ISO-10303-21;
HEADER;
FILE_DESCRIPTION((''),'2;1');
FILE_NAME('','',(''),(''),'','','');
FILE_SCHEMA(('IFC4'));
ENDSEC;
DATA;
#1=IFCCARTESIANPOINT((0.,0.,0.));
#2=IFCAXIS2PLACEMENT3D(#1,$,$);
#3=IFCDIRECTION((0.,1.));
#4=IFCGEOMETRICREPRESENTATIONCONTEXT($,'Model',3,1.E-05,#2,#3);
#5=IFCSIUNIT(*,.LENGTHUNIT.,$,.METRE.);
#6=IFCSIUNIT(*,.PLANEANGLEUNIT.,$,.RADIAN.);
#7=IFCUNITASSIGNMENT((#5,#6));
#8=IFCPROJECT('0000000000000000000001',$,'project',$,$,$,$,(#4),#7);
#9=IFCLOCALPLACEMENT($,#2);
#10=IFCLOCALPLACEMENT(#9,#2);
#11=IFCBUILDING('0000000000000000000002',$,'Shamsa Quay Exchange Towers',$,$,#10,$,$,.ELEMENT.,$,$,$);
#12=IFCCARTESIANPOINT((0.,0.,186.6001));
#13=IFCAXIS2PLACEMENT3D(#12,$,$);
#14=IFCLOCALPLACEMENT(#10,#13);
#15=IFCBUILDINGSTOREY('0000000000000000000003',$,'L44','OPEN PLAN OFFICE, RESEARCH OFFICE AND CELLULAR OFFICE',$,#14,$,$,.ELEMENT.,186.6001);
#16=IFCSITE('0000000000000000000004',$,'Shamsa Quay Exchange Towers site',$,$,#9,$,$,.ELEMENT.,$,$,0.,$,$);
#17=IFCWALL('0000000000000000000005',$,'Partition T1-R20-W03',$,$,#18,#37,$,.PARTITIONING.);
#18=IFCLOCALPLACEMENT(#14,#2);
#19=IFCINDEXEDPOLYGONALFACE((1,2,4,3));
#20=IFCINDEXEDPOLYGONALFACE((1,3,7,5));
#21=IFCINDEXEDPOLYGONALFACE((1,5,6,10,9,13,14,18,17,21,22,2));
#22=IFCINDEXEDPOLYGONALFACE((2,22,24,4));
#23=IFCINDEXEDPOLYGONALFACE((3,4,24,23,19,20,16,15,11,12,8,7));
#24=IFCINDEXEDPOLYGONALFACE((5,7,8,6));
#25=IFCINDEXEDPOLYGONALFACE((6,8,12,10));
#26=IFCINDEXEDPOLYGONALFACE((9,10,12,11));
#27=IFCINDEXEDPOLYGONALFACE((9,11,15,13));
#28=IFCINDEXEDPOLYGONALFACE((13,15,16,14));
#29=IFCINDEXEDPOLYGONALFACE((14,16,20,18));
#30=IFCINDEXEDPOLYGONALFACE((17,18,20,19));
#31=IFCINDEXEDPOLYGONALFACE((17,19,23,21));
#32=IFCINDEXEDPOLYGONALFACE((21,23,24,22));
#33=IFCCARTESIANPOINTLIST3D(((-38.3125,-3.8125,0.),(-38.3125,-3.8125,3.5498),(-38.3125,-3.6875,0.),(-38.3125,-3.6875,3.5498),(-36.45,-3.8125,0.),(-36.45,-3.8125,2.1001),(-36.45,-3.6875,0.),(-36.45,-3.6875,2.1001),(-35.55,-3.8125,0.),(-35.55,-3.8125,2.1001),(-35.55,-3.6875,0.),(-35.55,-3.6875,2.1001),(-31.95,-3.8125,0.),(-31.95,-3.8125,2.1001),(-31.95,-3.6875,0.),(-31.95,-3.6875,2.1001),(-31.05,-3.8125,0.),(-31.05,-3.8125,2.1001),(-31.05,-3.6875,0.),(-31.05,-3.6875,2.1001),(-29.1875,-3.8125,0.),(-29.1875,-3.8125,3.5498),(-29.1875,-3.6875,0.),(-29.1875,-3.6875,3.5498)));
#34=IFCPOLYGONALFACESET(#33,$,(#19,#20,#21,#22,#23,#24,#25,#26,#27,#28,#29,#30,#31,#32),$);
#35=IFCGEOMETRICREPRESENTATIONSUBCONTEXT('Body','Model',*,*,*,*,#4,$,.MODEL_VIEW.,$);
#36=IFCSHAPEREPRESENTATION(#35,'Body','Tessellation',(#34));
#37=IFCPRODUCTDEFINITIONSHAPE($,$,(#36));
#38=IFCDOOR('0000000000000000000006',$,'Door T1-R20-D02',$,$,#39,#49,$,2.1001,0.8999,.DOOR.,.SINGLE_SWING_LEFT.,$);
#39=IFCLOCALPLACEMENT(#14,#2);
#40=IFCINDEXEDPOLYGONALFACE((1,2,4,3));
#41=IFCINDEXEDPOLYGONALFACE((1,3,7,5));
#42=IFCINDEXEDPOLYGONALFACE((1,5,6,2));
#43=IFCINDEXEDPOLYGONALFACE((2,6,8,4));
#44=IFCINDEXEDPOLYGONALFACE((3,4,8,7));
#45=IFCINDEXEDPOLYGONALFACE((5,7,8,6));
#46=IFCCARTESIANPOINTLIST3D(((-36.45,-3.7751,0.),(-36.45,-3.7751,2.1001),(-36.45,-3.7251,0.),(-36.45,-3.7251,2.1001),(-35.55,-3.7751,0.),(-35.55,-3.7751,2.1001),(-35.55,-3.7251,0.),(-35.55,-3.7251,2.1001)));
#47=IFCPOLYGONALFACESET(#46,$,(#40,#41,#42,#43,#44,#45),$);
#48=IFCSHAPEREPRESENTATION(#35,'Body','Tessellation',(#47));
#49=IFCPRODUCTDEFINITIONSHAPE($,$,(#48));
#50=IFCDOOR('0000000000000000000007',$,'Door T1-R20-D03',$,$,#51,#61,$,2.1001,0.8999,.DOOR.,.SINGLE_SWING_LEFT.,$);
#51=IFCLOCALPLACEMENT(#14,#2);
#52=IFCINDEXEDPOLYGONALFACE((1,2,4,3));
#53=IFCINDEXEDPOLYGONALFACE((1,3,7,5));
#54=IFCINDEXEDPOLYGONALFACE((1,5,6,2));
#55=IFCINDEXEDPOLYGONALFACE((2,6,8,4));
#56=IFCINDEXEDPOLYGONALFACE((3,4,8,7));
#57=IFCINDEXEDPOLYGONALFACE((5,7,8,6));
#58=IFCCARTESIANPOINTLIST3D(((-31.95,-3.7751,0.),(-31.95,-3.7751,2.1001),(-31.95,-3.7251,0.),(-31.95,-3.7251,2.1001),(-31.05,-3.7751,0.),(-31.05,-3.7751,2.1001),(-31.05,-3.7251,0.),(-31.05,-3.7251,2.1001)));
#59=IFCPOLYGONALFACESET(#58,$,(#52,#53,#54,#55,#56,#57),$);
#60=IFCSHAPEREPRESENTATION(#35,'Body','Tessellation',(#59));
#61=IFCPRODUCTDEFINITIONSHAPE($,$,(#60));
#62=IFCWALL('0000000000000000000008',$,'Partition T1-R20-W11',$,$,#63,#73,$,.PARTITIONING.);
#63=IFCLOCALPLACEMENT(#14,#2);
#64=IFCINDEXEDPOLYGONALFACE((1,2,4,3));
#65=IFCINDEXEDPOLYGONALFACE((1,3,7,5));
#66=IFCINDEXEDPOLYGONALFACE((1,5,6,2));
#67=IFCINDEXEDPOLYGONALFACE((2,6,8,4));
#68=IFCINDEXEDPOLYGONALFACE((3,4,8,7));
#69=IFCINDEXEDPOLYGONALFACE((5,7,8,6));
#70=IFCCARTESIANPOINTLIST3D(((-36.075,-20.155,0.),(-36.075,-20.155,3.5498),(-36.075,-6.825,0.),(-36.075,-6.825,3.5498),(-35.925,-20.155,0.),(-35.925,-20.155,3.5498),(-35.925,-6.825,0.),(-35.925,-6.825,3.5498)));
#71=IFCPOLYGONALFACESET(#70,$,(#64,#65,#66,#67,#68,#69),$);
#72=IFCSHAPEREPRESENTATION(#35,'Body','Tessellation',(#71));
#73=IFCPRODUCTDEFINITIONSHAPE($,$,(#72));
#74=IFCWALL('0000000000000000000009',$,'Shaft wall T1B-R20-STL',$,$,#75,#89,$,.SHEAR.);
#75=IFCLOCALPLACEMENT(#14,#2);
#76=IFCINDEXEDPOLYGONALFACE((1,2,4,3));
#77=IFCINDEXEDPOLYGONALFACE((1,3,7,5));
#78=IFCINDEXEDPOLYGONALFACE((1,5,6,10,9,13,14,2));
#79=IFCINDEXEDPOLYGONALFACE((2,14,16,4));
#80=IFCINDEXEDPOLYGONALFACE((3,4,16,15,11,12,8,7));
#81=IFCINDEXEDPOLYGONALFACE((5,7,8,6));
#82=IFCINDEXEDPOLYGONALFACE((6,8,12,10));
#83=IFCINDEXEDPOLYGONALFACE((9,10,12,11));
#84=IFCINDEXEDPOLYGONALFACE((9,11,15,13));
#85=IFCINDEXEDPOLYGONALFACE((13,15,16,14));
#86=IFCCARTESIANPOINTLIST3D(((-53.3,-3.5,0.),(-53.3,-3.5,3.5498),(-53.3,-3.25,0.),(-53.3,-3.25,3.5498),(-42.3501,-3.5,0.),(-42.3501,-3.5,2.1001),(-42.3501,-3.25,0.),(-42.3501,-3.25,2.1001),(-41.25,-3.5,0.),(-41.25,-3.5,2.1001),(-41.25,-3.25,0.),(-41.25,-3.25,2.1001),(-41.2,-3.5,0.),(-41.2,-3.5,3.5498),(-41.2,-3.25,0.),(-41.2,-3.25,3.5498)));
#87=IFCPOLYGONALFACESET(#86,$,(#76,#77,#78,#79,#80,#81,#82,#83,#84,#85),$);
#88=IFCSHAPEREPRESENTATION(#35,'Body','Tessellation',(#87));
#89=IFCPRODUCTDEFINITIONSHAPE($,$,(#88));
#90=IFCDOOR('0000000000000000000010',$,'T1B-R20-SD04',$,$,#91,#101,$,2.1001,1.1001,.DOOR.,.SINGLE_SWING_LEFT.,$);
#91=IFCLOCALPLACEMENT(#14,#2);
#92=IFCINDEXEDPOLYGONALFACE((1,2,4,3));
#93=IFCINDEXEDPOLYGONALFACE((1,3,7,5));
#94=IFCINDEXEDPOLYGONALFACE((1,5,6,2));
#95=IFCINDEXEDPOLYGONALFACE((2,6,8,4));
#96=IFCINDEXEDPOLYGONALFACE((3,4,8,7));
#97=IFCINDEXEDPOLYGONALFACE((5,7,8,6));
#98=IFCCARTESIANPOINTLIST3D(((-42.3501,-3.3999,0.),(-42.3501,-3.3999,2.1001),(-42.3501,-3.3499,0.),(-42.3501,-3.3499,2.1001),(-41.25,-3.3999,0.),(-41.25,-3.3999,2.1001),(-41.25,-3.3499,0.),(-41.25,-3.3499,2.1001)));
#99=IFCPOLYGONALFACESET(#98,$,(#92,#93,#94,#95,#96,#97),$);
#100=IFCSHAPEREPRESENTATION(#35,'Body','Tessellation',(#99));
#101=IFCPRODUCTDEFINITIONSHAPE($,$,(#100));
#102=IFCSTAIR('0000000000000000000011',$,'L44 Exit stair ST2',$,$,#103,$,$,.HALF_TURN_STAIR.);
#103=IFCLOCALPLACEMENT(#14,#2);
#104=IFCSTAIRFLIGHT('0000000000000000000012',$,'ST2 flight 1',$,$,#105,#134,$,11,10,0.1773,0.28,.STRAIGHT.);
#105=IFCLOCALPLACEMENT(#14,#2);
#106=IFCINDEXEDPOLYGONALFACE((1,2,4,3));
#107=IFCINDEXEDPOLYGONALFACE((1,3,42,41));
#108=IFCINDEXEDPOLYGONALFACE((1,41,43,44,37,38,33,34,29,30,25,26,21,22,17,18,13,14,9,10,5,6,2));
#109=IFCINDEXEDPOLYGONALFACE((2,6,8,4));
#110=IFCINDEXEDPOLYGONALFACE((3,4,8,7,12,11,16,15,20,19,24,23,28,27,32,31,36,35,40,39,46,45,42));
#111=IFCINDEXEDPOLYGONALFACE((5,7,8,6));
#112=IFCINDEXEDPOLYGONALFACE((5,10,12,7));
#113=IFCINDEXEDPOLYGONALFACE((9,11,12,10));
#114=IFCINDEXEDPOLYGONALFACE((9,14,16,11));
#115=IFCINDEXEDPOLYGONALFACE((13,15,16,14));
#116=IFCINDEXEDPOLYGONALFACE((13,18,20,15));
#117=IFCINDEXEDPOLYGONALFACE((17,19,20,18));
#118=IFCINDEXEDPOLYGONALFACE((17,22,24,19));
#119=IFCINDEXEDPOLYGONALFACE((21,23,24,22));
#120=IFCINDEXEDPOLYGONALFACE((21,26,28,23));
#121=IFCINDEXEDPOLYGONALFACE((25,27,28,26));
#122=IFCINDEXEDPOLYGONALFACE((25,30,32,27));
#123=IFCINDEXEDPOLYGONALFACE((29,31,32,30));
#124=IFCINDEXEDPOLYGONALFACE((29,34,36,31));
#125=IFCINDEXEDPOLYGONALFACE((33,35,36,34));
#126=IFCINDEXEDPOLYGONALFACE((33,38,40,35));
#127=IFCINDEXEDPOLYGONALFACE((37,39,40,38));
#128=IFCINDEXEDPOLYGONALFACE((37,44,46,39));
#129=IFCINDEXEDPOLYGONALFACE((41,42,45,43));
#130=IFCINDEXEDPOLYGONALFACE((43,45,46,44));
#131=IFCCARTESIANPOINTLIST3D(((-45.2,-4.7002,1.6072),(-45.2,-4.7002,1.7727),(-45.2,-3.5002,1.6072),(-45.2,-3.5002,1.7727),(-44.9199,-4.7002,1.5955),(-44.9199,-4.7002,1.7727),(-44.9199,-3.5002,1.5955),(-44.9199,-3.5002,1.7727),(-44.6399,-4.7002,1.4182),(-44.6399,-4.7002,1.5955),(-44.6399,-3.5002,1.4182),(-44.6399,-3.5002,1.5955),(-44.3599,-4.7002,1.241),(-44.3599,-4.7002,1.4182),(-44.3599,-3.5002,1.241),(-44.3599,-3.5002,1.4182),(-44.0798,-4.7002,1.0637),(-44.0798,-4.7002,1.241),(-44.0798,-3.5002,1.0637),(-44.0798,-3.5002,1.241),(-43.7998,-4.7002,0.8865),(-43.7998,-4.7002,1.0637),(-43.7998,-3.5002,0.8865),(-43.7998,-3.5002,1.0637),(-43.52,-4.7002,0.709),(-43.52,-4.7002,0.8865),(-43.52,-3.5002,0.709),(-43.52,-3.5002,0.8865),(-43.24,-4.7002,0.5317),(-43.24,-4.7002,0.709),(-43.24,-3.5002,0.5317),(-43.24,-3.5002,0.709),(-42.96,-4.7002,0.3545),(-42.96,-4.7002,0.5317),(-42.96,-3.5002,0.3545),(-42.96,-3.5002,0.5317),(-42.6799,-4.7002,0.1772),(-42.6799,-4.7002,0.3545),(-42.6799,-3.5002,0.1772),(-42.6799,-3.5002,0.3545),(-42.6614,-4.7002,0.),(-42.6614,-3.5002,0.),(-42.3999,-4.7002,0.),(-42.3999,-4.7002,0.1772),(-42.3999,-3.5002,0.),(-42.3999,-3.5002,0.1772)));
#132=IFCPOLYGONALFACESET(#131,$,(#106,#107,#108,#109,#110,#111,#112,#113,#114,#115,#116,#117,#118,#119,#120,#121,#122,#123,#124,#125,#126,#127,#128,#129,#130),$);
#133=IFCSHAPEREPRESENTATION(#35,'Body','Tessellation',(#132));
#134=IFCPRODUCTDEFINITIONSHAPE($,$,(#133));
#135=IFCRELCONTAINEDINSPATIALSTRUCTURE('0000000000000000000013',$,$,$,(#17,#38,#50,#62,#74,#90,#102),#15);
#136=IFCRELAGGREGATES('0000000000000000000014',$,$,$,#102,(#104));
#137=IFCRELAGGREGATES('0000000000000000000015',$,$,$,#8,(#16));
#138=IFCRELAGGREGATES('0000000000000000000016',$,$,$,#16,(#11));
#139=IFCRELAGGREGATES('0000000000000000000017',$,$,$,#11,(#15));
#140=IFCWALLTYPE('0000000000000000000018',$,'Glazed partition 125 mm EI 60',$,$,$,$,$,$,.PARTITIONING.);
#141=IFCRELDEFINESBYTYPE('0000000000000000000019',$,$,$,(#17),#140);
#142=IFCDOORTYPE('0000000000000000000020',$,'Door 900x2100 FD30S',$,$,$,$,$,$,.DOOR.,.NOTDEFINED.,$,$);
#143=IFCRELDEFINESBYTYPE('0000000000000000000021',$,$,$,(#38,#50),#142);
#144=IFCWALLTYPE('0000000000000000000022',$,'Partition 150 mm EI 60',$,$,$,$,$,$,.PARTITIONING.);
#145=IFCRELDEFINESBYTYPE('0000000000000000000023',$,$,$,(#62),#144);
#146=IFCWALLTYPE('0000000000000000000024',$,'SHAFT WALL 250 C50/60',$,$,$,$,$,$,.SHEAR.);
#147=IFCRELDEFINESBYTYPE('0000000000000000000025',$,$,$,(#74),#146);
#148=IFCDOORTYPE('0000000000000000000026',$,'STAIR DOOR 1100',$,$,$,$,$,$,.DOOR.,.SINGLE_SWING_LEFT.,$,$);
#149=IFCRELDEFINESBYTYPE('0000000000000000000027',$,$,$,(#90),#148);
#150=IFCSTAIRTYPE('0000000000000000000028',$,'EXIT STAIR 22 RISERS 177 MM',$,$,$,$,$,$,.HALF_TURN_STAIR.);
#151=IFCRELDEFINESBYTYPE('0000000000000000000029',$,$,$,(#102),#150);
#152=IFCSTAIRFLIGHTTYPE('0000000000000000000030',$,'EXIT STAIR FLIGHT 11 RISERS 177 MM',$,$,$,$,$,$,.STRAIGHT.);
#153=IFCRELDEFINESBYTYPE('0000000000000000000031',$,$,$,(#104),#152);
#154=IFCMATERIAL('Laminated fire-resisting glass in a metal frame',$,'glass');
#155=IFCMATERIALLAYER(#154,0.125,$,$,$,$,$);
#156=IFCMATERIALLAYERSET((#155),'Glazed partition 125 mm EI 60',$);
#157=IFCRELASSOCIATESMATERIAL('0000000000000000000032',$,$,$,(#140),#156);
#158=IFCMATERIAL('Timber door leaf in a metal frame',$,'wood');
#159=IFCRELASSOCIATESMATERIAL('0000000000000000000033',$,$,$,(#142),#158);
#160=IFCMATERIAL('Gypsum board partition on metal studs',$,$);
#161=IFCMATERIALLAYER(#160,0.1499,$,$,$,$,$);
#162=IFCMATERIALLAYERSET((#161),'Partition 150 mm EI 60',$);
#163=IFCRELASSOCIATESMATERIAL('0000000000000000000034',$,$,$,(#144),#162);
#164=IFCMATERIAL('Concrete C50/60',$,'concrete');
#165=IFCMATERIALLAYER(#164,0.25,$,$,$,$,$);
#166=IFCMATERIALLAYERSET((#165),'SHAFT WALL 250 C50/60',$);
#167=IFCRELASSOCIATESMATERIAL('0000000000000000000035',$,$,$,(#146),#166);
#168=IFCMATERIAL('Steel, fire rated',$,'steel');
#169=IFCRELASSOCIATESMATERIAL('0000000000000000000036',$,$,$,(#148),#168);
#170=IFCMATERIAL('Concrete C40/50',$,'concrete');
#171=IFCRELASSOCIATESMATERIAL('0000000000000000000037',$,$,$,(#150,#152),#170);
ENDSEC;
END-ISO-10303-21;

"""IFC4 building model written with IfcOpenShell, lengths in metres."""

from ifc_helpers import new_model, si_unit, direction, frame, frame_2d, origin, place, context, subcontext, project, spatial, polyline, rectangle, outline, extrude, material, layer, layer_set, type_object, element, fill, aggregate, save


model = new_model("IFC4")

# Units and contexts
model_context = context("Model", 3, precision=1e-05, world=origin(), true_north=direction((0.0, 1.0)))
body_context = subcontext(model_context, "Body", "Model", "MODEL_VIEW")
ifc_project = project(units=[si_unit("LENGTHUNIT", "METRE"), si_unit("PLANEANGLEUNIT", "RADIAN")], contexts=[model_context])

# Site, building, storey
site_placement = place(None, origin())
site = spatial("IfcSite", under=ifc_project, at=site_placement, Name="Shamsa Quay Exchange Towers site", CompositionType="ELEMENT", RefElevation=0.0)
building_placement = place(site_placement, origin())
building = spatial("IfcBuilding", under=site, at=building_placement, Name="Shamsa Quay Exchange Towers", CompositionType="ELEMENT")
storey_placement = place(building_placement, frame((0.0, 0.0, 186.6001)))
storey = spatial("IfcBuildingStorey", under=building, at=storey_placement, Name="L44", Description="OPEN PLAN OFFICE, RESEARCH OFFICE AND CELLULAR OFFICE", CompositionType="ELEMENT", Elevation=186.6001)

# Shared definitions
ifc_material_1 = material(Name="Steel, fire rated", Category="steel")

# Shared definitions
ifc_material_2 = material(Name="Laminated fire-resisting glass in a metal frame", Category="glass")
ifc_layer_1 = layer(ifc_material_2, 0.125)
ifc_layer_set_1 = layer_set([ifc_layer_1], Name="Glazed partition 125 mm EI 60")
wall_type_1 = type_object("IfcWallType", Name="Glazed partition 125 mm EI 60", PredefinedType="PARTITIONING", material=ifc_layer_set_1)

# Wall, openings, doors
wall_1_placement = place(storey_placement, frame((-38.3125, -3.75, 0.0)))
wall_1 = element("IfcWall", 1, at=wall_1_placement, inside=storey, type_object=wall_type_1, Name="Partition T1-R20-W03", PredefinedType="PARTITIONING", context=body_context, shape_type="SweptSolid", body=[
    extrude(rectangle(XDim=9.125, YDim=0.125, at=frame_2d((4.5625, 0.0))), origin(), (0.0, 0.0, 1.0), 3.5498),
])
opening_1_placement = place(wall_1_placement, frame((1.8625, 0.0, 0.0)))
opening_1 = element("IfcOpeningElement", 2, at=opening_1_placement, cuts=wall_1, PredefinedType="OPENING", context=body_context, shape_type="SweptSolid", body=[
    extrude(rectangle(XDim=0.8999, YDim=2.1001, at=frame_2d((0.45, 1.05))), frame((0.0, 0.0725, 0.0), z_axis=(0.0, -1.0, 0.0), x_axis=(1.0, 0.0, 0.0)), (0.0, 0.0, 1.0), 0.145),
])
opening_2_placement = place(wall_1_placement, frame((6.3625, 0.0, 0.0)))
opening_2 = element("IfcOpeningElement", 3, at=opening_2_placement, cuts=wall_1, PredefinedType="OPENING", context=body_context, shape_type="SweptSolid", body=[
    extrude(rectangle(XDim=0.8999, YDim=2.1001, at=frame_2d((0.45, 1.05))), frame((0.0, 0.0725, 0.0), z_axis=(0.0, -1.0, 0.0), x_axis=(1.0, 0.0, 0.0)), (0.0, 0.0, 1.0), 0.145),
])
ifc_material_3 = material(Name="Timber door leaf in a metal frame", Category="wood")
door_type_1 = type_object("IfcDoorType", Name="Door 900x2100 FD30S", OperationType="NOTDEFINED", PredefinedType="DOOR", material=ifc_material_3)
door_1_placement = place(opening_1_placement, origin())
door_1 = element("IfcDoor", 4, at=door_1_placement, inside=storey, type_object=door_type_1, Name="Door T1-R20-D02", OperationType="SINGLE_SWING_LEFT", OverallHeight=2.1001, OverallWidth=0.8999, PredefinedType="DOOR", context=body_context, shape_type="SweptSolid", body=[
    extrude(rectangle(XDim=0.8999, YDim=2.1001, at=frame_2d((0.45, 1.05))), frame((0.0, 0.0249, 0.0), z_axis=(0.0, -1.0, 0.0), x_axis=(1.0, 0.0, 0.0)), (0.0, 0.0, 1.0), 0.05),
])
fill(opening_1, door_1)
door_2_placement = place(opening_2_placement, origin())
door_2 = element("IfcDoor", 5, at=door_2_placement, inside=storey, type_object=door_type_1, Name="Door T1-R20-D03", OperationType="SINGLE_SWING_LEFT", OverallHeight=2.1001, OverallWidth=0.8999, PredefinedType="DOOR", context=body_context, shape_type="SweptSolid", body=[
    extrude(rectangle(XDim=0.8999, YDim=2.1001, at=frame_2d((0.45, 1.05))), frame((0.0, 0.0249, 0.0), z_axis=(0.0, -1.0, 0.0), x_axis=(1.0, 0.0, 0.0)), (0.0, 0.0, 1.0), 0.05),
])
fill(opening_2, door_2)

# Wall
ifc_material_4 = material(Name="Gypsum board partition on metal studs")
ifc_layer_2 = layer(ifc_material_4, 0.1499)
ifc_layer_set_2 = layer_set([ifc_layer_2], Name="Partition 150 mm EI 60")
wall_type_2 = type_object("IfcWallType", Name="Partition 150 mm EI 60", PredefinedType="PARTITIONING", material=ifc_layer_set_2)
wall_2_placement = place(storey_placement, frame((-36.0, -20.155, 0.0), z_axis=(0.0, 0.0, 1.0), x_axis=(0.0, 1.0, 0.0)))
element("IfcWall", 6, at=wall_2_placement, inside=storey, type_object=wall_type_2, Name="Partition T1-R20-W11", PredefinedType="PARTITIONING", context=body_context, shape_type="SweptSolid", body=[
    extrude(rectangle(XDim=13.3301, YDim=0.1499, at=frame_2d((6.665, 0.0))), origin(), (0.0, 0.0, 1.0), 3.5498),
])

# Wall, opening, door
ifc_material_5 = material(Name="Concrete C50/60", Category="concrete")
ifc_layer_3 = layer(ifc_material_5, 0.25)
ifc_layer_set_3 = layer_set([ifc_layer_3], Name="SHAFT WALL 250 C50/60")
wall_type_3 = type_object("IfcWallType", Name="SHAFT WALL 250 C50/60", PredefinedType="SHEAR", material=ifc_layer_set_3)
wall_3_placement = place(storey_placement, frame((-41.2, -3.375, 0.0), z_axis=(0.0, 0.0, 1.0), x_axis=(-1.0, 0.0, 0.0)))
wall_3 = element("IfcWall", 7, at=wall_3_placement, inside=storey, type_object=wall_type_3, Name="Shaft wall T1B-R20-STL", PredefinedType="SHEAR", context=body_context, shape_type="SweptSolid", body=[
    extrude(rectangle(XDim=12.1001, YDim=0.25, at=frame_2d((6.05, 0.0))), origin(), (0.0, 0.0, 1.0), 3.5498),
])
opening_3_placement = place(wall_3_placement, frame((0.05, 0.0, 0.0)))
opening_3 = element("IfcOpeningElement", 8, at=opening_3_placement, cuts=wall_3, PredefinedType="OPENING", context=body_context, shape_type="SweptSolid", body=[
    extrude(rectangle(XDim=1.1001, YDim=2.1001, at=frame_2d((0.55, 1.05))), frame((0.0, 0.135, 0.0), z_axis=(0.0, -1.0, 0.0), x_axis=(1.0, 0.0, 0.0)), (0.0, 0.0, 1.0), 0.27),
])
door_type_2 = type_object("IfcDoorType", Name="STAIR DOOR 1100", OperationType="SINGLE_SWING_LEFT", PredefinedType="DOOR", material=ifc_material_1)
door_3_placement = place(opening_3_placement, origin())
door_3 = element("IfcDoor", 9, at=door_3_placement, inside=storey, type_object=door_type_2, Name="T1B-R20-SD04", OperationType="SINGLE_SWING_LEFT", OverallHeight=2.1001, OverallWidth=1.1001, PredefinedType="DOOR", context=body_context, shape_type="SweptSolid", body=[
    extrude(rectangle(XDim=1.1001, YDim=2.1001, at=frame_2d((0.55, 1.05))), frame((0.0, 0.0249, 0.0), z_axis=(0.0, -1.0, 0.0), x_axis=(1.0, 0.0, 0.0)), (0.0, 0.0, 1.0), 0.05),
])
fill(opening_3, door_3)

# Stair, stair flight
ifc_material_6 = material(Name="Concrete C40/50", Category="concrete")
stair_type = type_object("IfcStairType", Name="EXIT STAIR 22 RISERS 177 MM", PredefinedType="HALF_TURN_STAIR", material=ifc_material_6)
stair_placement = place(storey_placement, origin())
stair = element("IfcStair", 10, at=stair_placement, inside=storey, type_object=stair_type, Name="L44 Exit stair ST2", PredefinedType="HALF_TURN_STAIR")
stair_flight_type = type_object("IfcStairFlightType", Name="EXIT STAIR FLIGHT 11 RISERS 177 MM", PredefinedType="STRAIGHT", material=ifc_material_6)
stair_flight_placement = place(storey_placement, frame((-42.3999, -4.1001, 0.0), z_axis=(0.0, 0.0, 1.0), x_axis=(-1.0, 0.0, 0.0)))
stair_flight = element("IfcStairFlight", 11, at=stair_flight_placement, type_object=stair_flight_type, Name="ST2 flight 1", NumberOfRisers=11, NumberOfTreads=10, PredefinedType="STRAIGHT", RiserHeight=0.1773, TreadLength=0.28, context=body_context, shape_type="SweptSolid", body=[
    extrude(outline(polyline([(0.0, 0.0), (0.0, 0.1772), (0.28, 0.1772), (0.28, 0.3545), (0.5601, 0.3545), (0.5601, 0.5317), (0.8401, 0.5317), (0.8401, 0.709), (1.1201, 0.709), (1.1201, 0.8865), (1.3999, 0.8865), (1.3999, 1.0637), (1.6799, 1.0637), (1.6799, 1.241), (1.96, 1.241), (1.96, 1.4182), (2.24, 1.4182), (2.24, 1.5955), (2.52, 1.5955), (2.52, 1.7727), (2.8, 1.7727), (2.8, 1.95), (2.8, 1.6072), (0.2615, 0.0), (0.0, 0.0)])), frame((0.0, 0.6001, 0.0), z_axis=(0.0, -1.0, 0.0), x_axis=(1.0, 0.0, 0.0)), (0.0, 0.0, 1.0), 1.2),
])
aggregate(stair, [stair_flight])

save(model, "model.ifc")
